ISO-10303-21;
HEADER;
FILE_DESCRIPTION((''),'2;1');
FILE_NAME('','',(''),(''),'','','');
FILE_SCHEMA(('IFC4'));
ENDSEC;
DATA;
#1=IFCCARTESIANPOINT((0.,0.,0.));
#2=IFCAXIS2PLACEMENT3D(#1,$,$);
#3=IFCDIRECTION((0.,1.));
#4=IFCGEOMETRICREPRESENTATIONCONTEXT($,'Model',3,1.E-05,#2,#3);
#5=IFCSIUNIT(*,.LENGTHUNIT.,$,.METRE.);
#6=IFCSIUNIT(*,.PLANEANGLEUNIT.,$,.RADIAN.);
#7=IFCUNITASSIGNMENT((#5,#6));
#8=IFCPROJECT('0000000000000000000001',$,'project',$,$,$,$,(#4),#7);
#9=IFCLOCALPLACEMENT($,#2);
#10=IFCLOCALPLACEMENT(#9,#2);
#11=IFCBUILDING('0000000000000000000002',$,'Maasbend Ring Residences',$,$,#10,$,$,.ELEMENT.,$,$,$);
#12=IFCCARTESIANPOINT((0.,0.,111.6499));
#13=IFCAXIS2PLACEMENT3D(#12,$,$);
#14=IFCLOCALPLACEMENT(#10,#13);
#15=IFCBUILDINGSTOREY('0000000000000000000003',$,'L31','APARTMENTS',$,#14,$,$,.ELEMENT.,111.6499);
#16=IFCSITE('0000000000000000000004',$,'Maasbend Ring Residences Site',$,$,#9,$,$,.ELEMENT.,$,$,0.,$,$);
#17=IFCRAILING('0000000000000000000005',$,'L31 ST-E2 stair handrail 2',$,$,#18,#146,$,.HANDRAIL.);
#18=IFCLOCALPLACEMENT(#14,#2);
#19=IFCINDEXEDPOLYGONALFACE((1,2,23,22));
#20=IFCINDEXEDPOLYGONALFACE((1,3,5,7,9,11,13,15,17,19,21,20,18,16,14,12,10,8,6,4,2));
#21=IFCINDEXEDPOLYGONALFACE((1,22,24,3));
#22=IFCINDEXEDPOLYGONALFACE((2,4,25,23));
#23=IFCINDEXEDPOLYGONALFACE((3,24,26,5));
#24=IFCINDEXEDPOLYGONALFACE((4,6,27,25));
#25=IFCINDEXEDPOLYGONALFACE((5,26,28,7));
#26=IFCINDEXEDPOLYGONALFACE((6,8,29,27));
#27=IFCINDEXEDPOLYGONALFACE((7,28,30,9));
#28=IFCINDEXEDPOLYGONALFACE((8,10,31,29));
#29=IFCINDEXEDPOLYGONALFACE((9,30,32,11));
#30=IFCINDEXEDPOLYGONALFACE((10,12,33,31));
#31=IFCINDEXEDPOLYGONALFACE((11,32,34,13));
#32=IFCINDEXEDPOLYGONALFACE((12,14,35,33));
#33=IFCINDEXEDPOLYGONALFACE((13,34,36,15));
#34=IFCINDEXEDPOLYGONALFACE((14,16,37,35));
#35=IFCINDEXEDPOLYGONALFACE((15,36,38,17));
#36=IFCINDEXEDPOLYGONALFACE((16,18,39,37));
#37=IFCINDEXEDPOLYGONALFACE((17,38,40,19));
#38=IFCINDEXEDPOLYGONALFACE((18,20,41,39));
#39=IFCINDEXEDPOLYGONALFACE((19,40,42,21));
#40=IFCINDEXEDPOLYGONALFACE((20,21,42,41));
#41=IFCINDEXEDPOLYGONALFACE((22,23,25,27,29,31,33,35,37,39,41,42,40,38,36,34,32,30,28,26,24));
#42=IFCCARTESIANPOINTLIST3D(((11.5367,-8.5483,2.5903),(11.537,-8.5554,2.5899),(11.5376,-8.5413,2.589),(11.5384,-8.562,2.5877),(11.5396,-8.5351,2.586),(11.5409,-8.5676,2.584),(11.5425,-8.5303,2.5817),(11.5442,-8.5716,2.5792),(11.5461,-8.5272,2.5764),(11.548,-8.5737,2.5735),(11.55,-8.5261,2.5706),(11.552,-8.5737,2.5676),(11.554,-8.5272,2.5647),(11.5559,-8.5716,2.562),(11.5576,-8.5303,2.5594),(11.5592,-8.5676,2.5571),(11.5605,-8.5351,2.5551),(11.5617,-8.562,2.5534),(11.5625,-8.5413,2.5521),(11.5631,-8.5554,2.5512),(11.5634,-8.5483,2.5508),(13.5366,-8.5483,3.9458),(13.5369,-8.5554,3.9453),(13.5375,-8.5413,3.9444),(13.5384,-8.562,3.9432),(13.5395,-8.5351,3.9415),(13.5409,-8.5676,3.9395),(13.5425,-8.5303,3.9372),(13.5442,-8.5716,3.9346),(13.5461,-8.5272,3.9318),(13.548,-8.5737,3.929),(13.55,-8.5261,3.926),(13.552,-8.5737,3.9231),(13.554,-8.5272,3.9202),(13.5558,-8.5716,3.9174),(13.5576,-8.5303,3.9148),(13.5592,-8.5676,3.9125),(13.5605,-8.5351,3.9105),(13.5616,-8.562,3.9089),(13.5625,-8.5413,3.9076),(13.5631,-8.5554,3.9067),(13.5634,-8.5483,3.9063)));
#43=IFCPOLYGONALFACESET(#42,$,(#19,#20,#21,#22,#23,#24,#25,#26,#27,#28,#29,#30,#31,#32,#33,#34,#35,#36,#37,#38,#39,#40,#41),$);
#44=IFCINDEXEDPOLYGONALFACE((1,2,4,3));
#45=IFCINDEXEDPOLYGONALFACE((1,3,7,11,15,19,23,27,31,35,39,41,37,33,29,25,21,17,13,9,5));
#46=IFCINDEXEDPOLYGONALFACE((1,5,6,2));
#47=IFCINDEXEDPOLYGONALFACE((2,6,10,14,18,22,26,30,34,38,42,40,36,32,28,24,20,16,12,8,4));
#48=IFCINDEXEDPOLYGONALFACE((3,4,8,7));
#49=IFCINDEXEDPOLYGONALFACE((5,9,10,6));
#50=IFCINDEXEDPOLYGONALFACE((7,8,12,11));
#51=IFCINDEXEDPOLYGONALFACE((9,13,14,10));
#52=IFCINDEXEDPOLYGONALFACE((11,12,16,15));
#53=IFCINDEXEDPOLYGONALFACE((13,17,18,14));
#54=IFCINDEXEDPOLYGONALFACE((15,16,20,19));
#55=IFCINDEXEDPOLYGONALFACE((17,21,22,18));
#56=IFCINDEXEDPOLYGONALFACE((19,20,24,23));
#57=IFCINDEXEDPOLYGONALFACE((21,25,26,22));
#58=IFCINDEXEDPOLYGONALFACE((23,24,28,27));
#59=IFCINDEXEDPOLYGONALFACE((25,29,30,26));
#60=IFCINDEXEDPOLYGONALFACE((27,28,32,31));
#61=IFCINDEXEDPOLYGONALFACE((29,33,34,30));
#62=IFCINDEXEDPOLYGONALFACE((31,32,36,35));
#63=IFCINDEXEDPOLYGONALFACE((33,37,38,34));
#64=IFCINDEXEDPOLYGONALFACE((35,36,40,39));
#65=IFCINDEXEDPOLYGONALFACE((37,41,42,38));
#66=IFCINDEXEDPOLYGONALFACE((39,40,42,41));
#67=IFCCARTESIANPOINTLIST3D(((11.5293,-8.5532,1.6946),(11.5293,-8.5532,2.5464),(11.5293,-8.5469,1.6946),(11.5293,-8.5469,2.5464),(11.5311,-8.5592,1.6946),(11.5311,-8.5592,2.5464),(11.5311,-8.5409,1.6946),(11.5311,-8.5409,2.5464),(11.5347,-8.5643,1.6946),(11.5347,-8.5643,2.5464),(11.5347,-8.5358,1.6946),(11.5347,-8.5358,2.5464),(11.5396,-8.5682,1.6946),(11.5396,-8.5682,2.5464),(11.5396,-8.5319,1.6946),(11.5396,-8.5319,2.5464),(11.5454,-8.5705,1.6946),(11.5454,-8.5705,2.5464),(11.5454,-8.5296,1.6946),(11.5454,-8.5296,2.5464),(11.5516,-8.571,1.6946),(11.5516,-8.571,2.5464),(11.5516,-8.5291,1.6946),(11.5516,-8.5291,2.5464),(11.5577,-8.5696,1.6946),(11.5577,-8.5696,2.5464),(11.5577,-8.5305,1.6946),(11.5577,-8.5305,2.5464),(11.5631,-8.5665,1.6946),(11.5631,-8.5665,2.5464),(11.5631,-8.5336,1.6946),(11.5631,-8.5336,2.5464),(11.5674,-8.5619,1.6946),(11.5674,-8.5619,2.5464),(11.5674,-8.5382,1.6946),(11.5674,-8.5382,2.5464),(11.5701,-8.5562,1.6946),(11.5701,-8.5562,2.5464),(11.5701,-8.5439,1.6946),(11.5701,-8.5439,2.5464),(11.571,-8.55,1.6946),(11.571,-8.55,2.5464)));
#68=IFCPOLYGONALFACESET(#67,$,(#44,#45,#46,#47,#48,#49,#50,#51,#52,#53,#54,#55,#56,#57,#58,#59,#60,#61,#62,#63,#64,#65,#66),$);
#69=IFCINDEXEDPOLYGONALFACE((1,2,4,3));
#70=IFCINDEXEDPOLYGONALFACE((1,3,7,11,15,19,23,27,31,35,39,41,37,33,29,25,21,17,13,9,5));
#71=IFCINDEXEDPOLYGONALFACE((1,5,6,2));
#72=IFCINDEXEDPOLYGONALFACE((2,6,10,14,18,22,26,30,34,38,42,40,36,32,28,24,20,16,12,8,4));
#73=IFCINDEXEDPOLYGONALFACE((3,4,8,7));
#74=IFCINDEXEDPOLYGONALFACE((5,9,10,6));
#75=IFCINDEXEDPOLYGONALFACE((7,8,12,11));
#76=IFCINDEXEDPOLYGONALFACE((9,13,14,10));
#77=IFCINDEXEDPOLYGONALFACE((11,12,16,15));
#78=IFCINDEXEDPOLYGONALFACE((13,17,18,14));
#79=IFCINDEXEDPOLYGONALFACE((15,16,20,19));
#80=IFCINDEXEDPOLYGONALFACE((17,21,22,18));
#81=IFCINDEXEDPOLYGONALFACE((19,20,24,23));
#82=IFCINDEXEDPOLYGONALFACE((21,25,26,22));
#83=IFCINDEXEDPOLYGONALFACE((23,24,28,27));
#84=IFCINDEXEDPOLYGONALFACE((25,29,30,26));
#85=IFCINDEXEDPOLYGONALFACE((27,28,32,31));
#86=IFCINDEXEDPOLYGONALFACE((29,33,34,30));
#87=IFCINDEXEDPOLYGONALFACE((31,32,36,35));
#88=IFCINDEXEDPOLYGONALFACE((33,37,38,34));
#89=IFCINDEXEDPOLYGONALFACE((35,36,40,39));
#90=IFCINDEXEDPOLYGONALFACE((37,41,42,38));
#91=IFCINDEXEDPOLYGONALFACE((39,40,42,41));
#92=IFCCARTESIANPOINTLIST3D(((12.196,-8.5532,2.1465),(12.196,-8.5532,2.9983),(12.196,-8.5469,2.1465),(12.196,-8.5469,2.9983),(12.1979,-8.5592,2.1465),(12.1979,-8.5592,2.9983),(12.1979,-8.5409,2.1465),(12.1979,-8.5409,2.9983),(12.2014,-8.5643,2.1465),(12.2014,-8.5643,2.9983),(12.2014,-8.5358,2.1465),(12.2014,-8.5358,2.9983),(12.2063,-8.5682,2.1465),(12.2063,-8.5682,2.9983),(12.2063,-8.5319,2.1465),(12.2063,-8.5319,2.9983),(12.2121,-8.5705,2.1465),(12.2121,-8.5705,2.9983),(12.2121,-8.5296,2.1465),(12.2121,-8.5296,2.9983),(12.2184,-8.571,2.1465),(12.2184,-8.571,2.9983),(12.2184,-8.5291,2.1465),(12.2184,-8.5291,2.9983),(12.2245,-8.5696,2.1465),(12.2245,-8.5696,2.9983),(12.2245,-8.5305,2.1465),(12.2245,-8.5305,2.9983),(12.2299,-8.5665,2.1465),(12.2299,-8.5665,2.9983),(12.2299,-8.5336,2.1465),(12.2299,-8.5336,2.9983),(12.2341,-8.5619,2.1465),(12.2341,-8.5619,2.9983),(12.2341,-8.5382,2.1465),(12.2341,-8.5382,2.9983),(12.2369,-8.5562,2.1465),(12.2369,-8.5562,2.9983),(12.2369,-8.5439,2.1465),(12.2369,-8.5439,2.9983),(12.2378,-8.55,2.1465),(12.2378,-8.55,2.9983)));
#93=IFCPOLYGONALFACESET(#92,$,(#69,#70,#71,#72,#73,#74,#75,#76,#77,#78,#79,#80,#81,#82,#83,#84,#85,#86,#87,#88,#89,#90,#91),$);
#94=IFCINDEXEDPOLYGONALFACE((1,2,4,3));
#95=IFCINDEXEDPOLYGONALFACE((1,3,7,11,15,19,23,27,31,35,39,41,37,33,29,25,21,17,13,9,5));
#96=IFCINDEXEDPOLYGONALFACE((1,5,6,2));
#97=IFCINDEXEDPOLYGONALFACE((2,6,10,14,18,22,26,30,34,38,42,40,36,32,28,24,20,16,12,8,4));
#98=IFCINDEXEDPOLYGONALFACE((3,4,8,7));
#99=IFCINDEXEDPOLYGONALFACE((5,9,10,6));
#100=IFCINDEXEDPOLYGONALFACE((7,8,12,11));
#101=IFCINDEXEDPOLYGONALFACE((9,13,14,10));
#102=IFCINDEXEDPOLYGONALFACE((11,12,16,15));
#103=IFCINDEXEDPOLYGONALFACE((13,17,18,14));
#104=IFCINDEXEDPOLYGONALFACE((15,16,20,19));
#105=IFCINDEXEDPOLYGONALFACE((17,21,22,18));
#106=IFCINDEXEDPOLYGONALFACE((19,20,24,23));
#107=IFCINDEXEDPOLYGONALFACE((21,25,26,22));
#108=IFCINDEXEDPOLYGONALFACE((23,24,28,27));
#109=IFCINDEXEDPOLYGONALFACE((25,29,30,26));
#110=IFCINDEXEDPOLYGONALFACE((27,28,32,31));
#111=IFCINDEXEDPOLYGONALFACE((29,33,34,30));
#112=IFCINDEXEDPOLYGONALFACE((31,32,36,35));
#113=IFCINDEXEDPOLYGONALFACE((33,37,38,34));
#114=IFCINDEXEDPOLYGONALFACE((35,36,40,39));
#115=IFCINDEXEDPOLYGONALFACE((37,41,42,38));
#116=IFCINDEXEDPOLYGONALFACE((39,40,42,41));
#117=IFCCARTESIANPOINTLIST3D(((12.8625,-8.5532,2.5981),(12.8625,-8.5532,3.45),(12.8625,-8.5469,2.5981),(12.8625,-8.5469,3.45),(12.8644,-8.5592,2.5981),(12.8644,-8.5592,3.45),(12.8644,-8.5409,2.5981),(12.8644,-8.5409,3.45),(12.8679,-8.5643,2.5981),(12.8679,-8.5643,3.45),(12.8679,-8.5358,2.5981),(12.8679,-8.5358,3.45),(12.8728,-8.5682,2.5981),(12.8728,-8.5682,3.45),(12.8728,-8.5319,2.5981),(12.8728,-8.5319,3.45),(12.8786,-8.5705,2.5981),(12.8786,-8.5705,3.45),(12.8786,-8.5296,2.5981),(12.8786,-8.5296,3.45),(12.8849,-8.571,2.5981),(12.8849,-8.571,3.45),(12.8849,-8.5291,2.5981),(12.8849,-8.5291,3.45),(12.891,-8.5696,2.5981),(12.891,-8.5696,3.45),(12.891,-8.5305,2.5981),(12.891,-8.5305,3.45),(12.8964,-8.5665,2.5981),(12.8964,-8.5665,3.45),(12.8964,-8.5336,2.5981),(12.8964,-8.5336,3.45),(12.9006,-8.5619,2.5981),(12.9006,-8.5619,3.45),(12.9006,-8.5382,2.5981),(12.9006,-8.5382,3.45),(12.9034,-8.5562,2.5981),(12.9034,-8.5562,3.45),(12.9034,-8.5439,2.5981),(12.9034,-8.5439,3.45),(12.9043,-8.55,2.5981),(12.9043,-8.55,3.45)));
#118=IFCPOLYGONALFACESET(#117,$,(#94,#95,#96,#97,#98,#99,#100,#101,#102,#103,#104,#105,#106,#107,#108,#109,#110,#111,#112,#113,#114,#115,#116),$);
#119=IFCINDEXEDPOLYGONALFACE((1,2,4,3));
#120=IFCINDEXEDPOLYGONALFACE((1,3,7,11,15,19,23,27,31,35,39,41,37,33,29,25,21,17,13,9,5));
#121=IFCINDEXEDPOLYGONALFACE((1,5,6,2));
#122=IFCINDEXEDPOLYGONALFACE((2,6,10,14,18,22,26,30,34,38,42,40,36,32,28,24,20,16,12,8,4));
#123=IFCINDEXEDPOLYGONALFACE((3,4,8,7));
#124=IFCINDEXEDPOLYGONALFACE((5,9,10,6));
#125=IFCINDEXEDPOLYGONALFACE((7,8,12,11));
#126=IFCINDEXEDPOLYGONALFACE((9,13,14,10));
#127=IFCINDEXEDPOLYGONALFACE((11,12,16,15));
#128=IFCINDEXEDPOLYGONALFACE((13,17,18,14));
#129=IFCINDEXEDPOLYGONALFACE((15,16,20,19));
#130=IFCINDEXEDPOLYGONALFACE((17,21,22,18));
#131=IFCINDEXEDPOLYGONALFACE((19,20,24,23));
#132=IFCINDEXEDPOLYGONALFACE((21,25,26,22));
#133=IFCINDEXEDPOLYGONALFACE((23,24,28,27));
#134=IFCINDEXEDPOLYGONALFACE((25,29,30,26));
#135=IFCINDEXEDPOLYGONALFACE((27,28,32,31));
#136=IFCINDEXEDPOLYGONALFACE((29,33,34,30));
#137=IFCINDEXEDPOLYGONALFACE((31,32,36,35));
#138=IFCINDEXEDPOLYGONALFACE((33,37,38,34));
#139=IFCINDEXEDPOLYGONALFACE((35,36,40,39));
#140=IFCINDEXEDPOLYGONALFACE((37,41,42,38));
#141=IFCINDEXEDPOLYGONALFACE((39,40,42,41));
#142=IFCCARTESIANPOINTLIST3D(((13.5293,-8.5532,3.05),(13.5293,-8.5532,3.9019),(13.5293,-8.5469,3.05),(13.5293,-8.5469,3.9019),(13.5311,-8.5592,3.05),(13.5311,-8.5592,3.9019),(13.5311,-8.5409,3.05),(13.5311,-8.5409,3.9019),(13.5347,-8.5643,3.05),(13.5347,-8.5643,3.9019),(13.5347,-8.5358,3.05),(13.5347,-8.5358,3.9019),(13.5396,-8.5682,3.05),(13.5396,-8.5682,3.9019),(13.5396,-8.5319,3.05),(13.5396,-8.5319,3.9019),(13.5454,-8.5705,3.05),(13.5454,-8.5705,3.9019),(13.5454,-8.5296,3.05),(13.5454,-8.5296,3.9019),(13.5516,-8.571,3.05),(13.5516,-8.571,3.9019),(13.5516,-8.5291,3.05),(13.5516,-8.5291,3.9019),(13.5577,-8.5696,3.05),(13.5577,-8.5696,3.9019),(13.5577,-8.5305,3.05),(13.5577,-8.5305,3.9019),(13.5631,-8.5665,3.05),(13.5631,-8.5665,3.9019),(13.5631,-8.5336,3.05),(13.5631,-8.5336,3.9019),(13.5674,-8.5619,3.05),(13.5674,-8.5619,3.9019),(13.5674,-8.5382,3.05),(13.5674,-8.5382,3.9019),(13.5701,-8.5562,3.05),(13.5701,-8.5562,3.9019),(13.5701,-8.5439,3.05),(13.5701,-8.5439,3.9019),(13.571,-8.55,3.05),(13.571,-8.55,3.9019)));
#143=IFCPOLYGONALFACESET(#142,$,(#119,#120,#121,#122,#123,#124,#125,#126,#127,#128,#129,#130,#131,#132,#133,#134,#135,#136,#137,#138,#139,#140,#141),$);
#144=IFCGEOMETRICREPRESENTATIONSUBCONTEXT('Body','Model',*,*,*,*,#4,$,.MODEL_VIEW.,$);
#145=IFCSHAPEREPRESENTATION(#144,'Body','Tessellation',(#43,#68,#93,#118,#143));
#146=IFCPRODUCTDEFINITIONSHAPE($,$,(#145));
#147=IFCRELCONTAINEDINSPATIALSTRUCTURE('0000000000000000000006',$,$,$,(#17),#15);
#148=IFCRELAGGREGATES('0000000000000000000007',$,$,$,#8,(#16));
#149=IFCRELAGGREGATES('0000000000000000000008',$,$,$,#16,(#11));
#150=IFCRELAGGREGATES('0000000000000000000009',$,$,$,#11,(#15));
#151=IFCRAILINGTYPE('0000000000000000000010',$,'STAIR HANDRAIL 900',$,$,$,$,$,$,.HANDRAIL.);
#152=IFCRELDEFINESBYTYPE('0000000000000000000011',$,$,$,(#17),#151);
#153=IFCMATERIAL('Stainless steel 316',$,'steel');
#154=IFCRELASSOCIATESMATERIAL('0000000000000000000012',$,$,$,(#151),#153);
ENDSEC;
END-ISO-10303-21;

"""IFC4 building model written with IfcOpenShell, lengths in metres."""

from ifc_helpers import new_model, si_unit, direction, frame, origin, origin_2d, place, context, subcontext, project, spatial, circle, extrude, material, type_object, element, save


model = new_model("IFC4")

# Units and contexts
model_context = context("Model", 3, precision=1e-05, world=origin(), true_north=direction((0.0, 1.0)))
body_context = subcontext(model_context, "Body", "Model", "MODEL_VIEW")
ifc_project = project(units=[si_unit("LENGTHUNIT", "METRE"), si_unit("PLANEANGLEUNIT", "RADIAN")], contexts=[model_context])

# Site, building, storey
site_placement = place(None, origin())
site = spatial("IfcSite", under=ifc_project, at=site_placement, Name="Maasbend Ring Residences Site", CompositionType="ELEMENT", RefElevation=0.0)
building_placement = place(site_placement, origin())
building = spatial("IfcBuilding", under=site, at=building_placement, Name="Maasbend Ring Residences", CompositionType="ELEMENT")
storey_placement = place(building_placement, frame((0.0, 0.0, 111.6499)))
storey = spatial("IfcBuildingStorey", under=building, at=storey_placement, Name="L31", Description="APARTMENTS", CompositionType="ELEMENT", Elevation=111.6499)

# Railing
ifc_material_1 = material(Name="Stainless steel 316", Category="steel")
railing_type = type_object("IfcRailingType", Name="STAIR HANDRAIL 900", PredefinedType="HANDRAIL", material=ifc_material_1)
railing_1_placement = place(storey_placement, frame((11.55, -8.55, 1.6946)))
element("IfcRailing", 1, at=railing_1_placement, inside=storey, type_object=railing_type, Name="L31 ST-E2 stair handrail 2", PredefinedType="HANDRAIL", context=body_context, shape_type="SweptSolid", body=[
    extrude(circle(Radius=0.0239, at=origin_2d()), frame((0.0, 0.0, 0.876), z_axis=(0.827798, 0.0, 0.561027), x_axis=(0.0, 1.0, 0.0)), (0.0, 0.0, 1.0), 2.416),
    extrude(circle(Radius=0.021, at=origin_2d()), origin(), (0.0, 0.0, 1.0), 0.8518),
    extrude(circle(Radius=0.021, at=origin_2d()), frame((0.6667, 0.0, 0.4519)), (0.0, 0.0, 1.0), 0.8518),
    extrude(circle(Radius=0.021, at=origin_2d()), frame((1.3333, 0.0, 0.9036)), (0.0, 0.0, 1.0), 0.8518),
    extrude(circle(Radius=0.021, at=origin_2d()), frame((2.0, 0.0, 1.3555)), (0.0, 0.0, 1.0), 0.8518),
])

save(model, "model.ifc")
